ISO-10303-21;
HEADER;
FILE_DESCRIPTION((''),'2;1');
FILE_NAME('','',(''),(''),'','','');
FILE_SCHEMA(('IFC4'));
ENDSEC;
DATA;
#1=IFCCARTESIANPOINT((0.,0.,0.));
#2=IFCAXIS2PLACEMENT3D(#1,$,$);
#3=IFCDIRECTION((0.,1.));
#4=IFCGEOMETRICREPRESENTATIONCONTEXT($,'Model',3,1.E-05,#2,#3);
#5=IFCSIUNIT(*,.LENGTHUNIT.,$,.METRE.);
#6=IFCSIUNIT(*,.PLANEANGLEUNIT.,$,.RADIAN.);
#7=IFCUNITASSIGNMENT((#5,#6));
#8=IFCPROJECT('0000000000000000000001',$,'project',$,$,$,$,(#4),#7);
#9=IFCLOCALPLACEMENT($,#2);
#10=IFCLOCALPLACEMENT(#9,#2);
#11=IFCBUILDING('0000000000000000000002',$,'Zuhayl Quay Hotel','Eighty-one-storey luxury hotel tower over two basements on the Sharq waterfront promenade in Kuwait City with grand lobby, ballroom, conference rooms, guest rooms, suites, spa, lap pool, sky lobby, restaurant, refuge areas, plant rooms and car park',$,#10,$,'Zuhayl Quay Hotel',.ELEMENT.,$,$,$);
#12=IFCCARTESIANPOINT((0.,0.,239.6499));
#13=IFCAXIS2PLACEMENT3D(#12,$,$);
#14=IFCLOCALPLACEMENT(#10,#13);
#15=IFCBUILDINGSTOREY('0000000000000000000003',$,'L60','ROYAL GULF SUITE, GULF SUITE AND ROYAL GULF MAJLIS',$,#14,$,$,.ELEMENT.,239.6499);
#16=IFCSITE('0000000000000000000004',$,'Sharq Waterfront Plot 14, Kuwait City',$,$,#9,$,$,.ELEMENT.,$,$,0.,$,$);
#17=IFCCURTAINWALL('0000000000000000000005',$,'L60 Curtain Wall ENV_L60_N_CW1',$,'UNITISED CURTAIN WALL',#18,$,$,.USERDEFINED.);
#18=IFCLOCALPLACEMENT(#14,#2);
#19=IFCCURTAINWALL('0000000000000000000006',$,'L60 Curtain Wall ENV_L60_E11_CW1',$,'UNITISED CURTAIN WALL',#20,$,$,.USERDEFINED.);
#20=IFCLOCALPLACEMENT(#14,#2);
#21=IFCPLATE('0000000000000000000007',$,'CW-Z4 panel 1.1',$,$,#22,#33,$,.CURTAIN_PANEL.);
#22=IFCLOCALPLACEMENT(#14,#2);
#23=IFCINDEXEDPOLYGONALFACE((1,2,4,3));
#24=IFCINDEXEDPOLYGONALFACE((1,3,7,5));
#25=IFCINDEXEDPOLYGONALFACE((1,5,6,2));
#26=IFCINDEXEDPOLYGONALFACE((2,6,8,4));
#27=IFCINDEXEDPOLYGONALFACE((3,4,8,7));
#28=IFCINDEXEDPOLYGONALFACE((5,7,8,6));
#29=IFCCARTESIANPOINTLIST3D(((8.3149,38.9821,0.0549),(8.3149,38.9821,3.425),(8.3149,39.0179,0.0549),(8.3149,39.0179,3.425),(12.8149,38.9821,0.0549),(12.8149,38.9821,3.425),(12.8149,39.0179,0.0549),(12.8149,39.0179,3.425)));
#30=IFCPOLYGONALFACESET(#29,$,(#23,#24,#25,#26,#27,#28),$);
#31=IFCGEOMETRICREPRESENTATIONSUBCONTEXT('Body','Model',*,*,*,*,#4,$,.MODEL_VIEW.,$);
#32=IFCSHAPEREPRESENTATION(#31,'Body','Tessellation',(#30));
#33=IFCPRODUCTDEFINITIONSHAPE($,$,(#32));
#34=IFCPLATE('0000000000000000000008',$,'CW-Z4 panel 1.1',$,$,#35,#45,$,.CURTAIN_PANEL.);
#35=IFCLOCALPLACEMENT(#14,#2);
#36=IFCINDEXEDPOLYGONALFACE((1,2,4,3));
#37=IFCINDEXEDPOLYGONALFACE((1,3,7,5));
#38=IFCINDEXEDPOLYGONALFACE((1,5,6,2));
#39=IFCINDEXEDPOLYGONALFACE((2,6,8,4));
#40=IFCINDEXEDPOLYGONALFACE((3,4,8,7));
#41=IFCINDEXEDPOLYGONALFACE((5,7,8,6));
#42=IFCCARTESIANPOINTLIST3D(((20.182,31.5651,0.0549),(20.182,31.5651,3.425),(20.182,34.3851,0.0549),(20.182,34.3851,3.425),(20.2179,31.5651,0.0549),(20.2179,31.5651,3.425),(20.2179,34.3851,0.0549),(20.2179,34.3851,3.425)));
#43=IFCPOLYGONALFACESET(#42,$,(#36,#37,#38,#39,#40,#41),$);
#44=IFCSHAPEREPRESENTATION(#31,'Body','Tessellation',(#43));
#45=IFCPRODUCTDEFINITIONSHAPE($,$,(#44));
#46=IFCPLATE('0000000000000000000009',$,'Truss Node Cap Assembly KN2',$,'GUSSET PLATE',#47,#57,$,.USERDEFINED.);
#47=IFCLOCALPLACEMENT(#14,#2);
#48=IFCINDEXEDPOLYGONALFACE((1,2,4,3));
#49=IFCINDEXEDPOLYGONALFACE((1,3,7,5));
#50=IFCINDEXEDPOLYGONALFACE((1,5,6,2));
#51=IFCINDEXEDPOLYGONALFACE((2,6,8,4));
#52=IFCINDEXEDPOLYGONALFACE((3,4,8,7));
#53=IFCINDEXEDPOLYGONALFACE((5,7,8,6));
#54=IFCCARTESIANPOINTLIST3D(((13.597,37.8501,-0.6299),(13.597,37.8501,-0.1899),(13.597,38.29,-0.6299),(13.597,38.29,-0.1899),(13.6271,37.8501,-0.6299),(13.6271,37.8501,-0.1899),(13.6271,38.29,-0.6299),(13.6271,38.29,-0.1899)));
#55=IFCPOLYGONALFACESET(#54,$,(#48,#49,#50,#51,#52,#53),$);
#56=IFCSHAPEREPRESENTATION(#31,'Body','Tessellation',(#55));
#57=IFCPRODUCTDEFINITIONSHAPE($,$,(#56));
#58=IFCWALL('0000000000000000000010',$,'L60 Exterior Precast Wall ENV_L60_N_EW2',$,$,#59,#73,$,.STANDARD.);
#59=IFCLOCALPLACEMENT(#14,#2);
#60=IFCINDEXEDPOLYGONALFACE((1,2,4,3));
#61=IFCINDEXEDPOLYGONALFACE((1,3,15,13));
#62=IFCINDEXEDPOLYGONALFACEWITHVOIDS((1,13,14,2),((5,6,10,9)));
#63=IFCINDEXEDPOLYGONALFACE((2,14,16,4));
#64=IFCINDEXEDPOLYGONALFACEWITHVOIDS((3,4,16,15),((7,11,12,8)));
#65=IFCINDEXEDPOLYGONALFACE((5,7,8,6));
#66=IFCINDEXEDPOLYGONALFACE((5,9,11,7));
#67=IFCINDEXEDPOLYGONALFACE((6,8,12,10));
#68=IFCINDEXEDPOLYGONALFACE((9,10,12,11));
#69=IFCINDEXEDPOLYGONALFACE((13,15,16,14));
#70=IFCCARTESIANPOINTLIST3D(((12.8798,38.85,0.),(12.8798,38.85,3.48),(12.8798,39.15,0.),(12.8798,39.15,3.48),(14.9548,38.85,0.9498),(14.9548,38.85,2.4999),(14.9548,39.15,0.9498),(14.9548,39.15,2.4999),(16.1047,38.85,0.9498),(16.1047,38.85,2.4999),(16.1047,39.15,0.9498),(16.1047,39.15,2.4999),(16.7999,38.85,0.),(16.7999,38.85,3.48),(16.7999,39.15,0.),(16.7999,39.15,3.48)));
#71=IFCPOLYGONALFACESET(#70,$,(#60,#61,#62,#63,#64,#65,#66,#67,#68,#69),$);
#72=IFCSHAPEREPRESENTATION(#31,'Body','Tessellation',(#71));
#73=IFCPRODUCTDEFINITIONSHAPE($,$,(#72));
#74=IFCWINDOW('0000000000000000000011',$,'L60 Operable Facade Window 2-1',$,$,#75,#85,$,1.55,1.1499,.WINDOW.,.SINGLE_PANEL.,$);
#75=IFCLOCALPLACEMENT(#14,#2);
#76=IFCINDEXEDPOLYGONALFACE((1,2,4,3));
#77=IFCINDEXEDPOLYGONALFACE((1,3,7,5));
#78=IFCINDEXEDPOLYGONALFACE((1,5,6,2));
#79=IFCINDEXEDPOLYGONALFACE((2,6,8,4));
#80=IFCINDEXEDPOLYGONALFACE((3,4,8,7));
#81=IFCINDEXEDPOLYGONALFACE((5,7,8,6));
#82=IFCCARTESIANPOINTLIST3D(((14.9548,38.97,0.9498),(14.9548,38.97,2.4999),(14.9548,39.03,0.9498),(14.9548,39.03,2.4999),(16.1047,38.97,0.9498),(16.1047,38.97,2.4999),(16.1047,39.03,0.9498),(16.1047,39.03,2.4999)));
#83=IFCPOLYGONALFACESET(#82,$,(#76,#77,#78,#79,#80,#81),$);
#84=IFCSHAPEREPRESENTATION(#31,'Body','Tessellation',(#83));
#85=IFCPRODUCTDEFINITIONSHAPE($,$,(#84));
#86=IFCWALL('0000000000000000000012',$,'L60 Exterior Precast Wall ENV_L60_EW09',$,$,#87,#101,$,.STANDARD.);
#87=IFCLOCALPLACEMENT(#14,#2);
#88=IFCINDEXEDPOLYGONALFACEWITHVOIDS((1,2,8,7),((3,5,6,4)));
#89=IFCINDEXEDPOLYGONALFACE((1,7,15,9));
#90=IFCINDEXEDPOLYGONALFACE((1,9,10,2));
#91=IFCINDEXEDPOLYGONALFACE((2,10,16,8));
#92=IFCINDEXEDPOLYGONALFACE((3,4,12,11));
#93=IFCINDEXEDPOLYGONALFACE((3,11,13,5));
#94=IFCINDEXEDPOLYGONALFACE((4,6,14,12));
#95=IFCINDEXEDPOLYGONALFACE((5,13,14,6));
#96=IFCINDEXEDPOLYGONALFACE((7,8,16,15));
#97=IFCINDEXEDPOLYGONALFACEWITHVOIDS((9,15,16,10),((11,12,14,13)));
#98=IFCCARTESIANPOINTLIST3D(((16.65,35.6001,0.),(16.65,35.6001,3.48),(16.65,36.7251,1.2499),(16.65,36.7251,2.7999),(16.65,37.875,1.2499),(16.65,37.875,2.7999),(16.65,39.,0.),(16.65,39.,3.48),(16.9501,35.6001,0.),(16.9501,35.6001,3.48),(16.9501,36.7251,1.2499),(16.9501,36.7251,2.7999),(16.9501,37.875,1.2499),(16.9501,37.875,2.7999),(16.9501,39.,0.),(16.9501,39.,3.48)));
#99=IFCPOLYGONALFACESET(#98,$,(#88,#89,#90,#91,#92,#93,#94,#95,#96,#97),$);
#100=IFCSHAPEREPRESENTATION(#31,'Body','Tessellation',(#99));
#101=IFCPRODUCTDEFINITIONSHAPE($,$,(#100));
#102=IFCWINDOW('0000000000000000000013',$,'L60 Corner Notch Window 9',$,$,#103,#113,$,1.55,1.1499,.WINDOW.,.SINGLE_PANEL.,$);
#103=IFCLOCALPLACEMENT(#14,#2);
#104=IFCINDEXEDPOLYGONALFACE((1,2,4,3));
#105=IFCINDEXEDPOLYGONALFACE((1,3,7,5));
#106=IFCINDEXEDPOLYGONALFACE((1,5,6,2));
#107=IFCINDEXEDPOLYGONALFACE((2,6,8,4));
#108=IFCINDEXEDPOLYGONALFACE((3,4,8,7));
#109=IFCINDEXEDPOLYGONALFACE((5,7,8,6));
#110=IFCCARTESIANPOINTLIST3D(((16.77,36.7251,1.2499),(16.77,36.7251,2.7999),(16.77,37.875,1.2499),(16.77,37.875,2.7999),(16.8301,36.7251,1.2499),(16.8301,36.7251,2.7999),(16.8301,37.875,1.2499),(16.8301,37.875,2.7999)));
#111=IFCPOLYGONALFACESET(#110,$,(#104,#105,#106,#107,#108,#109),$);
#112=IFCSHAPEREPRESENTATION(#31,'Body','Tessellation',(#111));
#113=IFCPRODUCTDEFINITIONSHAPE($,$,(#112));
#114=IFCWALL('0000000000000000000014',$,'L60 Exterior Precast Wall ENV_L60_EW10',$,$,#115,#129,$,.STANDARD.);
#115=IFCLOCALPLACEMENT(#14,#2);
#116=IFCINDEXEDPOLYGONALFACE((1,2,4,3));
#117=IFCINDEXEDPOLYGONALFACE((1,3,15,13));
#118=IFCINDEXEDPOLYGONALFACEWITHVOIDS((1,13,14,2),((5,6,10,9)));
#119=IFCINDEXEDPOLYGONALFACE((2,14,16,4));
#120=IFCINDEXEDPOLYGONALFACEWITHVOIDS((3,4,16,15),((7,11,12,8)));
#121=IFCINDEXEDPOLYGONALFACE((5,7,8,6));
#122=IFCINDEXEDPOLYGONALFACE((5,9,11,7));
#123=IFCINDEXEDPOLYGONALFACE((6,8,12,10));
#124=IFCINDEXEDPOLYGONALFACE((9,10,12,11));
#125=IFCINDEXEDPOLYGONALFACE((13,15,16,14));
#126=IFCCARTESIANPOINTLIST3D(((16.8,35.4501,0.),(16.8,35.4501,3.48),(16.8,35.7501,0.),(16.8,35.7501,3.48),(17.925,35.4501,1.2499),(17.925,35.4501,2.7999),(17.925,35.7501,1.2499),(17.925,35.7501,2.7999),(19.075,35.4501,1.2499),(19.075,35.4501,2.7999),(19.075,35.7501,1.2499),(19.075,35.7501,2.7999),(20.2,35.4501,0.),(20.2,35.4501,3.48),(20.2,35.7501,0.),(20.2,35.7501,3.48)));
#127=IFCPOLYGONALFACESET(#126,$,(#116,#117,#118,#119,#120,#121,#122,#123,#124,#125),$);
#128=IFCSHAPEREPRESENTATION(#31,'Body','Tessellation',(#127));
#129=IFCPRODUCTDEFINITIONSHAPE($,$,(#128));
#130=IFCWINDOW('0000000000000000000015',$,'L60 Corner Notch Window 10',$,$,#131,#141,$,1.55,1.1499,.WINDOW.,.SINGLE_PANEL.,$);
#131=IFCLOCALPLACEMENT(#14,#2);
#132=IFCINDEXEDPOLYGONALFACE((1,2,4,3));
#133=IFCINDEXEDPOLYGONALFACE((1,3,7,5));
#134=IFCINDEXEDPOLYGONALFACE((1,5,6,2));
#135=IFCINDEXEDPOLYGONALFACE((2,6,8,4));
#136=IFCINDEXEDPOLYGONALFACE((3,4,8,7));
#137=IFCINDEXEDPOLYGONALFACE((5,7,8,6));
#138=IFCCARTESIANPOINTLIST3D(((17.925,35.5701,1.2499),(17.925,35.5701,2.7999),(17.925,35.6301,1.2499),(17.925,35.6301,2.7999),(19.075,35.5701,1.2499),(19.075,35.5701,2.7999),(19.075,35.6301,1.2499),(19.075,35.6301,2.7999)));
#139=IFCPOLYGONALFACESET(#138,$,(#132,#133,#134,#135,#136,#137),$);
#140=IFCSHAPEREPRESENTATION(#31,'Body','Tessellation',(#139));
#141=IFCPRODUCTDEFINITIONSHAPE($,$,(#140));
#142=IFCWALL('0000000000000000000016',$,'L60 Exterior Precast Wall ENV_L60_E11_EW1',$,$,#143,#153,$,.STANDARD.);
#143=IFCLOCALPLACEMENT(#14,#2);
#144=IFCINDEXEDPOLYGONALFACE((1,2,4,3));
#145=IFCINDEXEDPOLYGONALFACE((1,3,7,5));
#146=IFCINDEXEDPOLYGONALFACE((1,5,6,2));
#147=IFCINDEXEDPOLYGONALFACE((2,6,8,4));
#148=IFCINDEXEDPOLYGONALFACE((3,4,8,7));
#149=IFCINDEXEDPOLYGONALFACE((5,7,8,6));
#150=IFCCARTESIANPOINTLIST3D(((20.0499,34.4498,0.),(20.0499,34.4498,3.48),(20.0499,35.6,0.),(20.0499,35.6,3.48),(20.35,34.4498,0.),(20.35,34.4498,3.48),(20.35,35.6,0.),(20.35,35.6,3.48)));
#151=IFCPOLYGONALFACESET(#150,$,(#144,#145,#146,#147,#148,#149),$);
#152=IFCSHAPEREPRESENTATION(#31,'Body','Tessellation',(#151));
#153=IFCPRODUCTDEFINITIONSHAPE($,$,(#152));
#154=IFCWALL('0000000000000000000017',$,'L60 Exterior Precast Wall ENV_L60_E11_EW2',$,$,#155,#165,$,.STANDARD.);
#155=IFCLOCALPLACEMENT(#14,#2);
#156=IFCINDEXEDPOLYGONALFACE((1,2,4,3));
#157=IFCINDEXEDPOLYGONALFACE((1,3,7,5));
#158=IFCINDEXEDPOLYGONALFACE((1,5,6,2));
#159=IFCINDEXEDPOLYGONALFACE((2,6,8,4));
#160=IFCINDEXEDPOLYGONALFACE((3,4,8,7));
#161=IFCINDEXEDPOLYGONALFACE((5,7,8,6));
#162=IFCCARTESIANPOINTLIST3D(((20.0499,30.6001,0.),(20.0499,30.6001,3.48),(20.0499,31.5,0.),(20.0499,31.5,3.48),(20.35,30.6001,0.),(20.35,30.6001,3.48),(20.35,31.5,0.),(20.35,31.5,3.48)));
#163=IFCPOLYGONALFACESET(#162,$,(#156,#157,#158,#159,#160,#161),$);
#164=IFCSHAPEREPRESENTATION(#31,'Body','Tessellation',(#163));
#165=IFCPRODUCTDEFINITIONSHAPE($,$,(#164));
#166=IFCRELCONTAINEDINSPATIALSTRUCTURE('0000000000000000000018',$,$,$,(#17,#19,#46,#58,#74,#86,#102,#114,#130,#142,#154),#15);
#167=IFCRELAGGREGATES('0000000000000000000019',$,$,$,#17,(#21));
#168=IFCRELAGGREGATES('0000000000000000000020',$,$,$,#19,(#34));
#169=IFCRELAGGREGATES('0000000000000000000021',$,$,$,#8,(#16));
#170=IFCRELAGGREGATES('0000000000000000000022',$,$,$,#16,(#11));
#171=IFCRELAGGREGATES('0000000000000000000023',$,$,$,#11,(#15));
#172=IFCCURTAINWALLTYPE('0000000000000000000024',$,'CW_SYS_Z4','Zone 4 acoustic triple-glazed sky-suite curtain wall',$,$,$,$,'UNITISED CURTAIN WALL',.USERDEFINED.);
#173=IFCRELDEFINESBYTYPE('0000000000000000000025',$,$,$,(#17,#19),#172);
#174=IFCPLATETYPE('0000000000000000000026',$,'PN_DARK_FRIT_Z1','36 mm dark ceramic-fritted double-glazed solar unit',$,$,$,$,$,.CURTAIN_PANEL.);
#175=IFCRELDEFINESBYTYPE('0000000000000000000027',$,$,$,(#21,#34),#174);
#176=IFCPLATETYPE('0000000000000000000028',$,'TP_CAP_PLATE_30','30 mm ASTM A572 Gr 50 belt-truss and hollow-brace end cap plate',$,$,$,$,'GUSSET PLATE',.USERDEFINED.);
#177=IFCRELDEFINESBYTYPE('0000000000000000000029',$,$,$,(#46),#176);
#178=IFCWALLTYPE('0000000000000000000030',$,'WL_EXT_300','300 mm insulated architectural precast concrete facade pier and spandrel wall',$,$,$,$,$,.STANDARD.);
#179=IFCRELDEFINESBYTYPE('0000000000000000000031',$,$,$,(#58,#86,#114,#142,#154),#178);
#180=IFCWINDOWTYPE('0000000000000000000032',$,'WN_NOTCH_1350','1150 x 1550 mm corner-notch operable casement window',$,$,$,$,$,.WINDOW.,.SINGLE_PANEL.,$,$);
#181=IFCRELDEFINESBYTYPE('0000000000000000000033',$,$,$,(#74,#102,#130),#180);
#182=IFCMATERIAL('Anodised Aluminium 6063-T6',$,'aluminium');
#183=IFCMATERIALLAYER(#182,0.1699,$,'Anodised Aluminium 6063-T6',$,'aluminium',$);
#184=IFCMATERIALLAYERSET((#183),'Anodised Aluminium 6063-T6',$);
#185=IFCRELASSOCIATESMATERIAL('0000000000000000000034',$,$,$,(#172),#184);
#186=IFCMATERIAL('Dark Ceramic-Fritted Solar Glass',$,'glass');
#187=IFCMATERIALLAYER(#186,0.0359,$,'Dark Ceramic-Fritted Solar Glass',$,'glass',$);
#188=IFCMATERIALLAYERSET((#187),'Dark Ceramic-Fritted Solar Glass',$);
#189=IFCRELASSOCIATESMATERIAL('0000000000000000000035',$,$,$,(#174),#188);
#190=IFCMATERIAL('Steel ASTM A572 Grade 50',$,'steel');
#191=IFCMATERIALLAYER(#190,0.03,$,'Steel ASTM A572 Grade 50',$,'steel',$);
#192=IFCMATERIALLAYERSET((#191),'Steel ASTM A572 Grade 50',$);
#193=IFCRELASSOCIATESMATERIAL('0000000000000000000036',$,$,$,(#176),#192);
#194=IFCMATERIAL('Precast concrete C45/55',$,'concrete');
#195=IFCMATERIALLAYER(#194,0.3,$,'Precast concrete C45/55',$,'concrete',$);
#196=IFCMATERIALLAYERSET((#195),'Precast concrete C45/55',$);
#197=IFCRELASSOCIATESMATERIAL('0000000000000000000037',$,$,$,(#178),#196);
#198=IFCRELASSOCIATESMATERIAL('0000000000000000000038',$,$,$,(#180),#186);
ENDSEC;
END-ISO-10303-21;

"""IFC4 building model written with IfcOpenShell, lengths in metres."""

from ifc_helpers import new_model, si_unit, direction, frame, frame_2d, origin, origin_2d, place, context, subcontext, project, spatial, rectangle, extrude, material, layer, layer_set, type_object, element, fill, aggregate, save


model = new_model("IFC4")

# Units and contexts
model_context = context("Model", 3, precision=1e-05, world=origin(), true_north=direction((0.0, 1.0)))
body_context = subcontext(model_context, "Body", "Model", "MODEL_VIEW")
ifc_project = project(units=[si_unit("LENGTHUNIT", "METRE"), si_unit("PLANEANGLEUNIT", "RADIAN")], contexts=[model_context])

# Site, building, storey
site_placement = place(None, origin())
site = spatial("IfcSite", under=ifc_project, at=site_placement, Name="Sharq Waterfront Plot 14, Kuwait City", CompositionType="ELEMENT", RefElevation=0.0)
building_placement = place(site_placement, origin())
building = spatial("IfcBuilding", under=site, at=building_placement, Name="Zuhayl Quay Hotel", Description="Eighty-one-storey luxury hotel tower over two basements on the Sharq waterfront promenade in Kuwait City with grand lobby, ballroom, conference rooms, guest rooms, suites, spa, lap pool, sky lobby, restaurant, refuge areas, plant rooms and car park", LongName="Zuhayl Quay Hotel", CompositionType="ELEMENT")
storey_placement = place(building_placement, frame((0.0, 0.0, 239.6499)))
storey = spatial("IfcBuildingStorey", under=building, at=storey_placement, Name="L60", Description="ROYAL GULF SUITE, GULF SUITE AND ROYAL GULF MAJLIS", CompositionType="ELEMENT", Elevation=239.6499)

# Curtain wall
ifc_material_1 = material(Name="Anodised Aluminium 6063-T6", Category="aluminium")
ifc_layer_1 = layer(ifc_material_1, 0.1699, Name="Anodised Aluminium 6063-T6", Category="aluminium")
ifc_layer_set_1 = layer_set([ifc_layer_1], Name="Anodised Aluminium 6063-T6")
curtain_wall_type = type_object("IfcCurtainWallType", Name="CW_SYS_Z4", Description="Zone 4 acoustic triple-glazed sky-suite curtain wall", ElementType="UNITISED CURTAIN WALL", PredefinedType="USERDEFINED", material=ifc_layer_set_1)
curtain_wall_1_placement = place(storey_placement, origin())
curtain_wall_1 = element("IfcCurtainWall", 1, at=curtain_wall_1_placement, inside=storey, type_object=curtain_wall_type, Name="L60 Curtain Wall ENV_L60_N_CW1", ObjectType="UNITISED CURTAIN WALL", PredefinedType="USERDEFINED")

# Curtain wall
curtain_wall_2_placement = place(storey_placement, origin())
curtain_wall_2 = element("IfcCurtainWall", 2, at=curtain_wall_2_placement, inside=storey, type_object=curtain_wall_type, Name="L60 Curtain Wall ENV_L60_E11_CW1", ObjectType="UNITISED CURTAIN WALL", PredefinedType="USERDEFINED")

# Plates
ifc_material_2 = material(Name="Dark Ceramic-Fritted Solar Glass", Category="glass")
ifc_layer_2 = layer(ifc_material_2, 0.0359, Name="Dark Ceramic-Fritted Solar Glass", Category="glass")
ifc_layer_set_2 = layer_set([ifc_layer_2], Name="Dark Ceramic-Fritted Solar Glass")
plate_type_1 = type_object("IfcPlateType", Name="PN_DARK_FRIT_Z1", Description="36 mm dark ceramic-fritted double-glazed solar unit", PredefinedType="CURTAIN_PANEL", material=ifc_layer_set_2)
plate_1_placement = place(storey_placement, frame((10.5649, 39.0, 0.0549), z_axis=(0.0, 0.0, 1.0), x_axis=(1.0, 0.0, 0.0)))
plate_1 = element("IfcPlate", 3, at=plate_1_placement, type_object=plate_type_1, Name="CW-Z4 panel 1.1", PredefinedType="CURTAIN_PANEL", context=body_context, shape_type="SweptSolid", body=[
    extrude(rectangle(XDim=4.5, YDim=0.0359, at=origin_2d()), origin(), (0.0, 0.0, 1.0), 3.3701),
])
aggregate(curtain_wall_1, [plate_1])
plate_2_placement = place(storey_placement, frame((20.2, 32.9751, 0.0549), z_axis=(0.0, 0.0, 1.0), x_axis=(0.0, -1.0, 0.0)))
plate_2 = element("IfcPlate", 4, at=plate_2_placement, type_object=plate_type_1, Name="CW-Z4 panel 1.1", PredefinedType="CURTAIN_PANEL", context=body_context, shape_type="SweptSolid", body=[
    extrude(rectangle(XDim=2.8201, YDim=0.0359, at=origin_2d()), origin(), (0.0, 0.0, 1.0), 3.3701),
])
aggregate(curtain_wall_2, [plate_2])
ifc_material_3 = material(Name="Steel ASTM A572 Grade 50", Category="steel")
ifc_layer_3 = layer(ifc_material_3, 0.03, Name="Steel ASTM A572 Grade 50", Category="steel")
ifc_layer_set_3 = layer_set([ifc_layer_3], Name="Steel ASTM A572 Grade 50")
plate_type_2 = type_object("IfcPlateType", Name="TP_CAP_PLATE_30", Description="30 mm ASTM A572 Gr 50 belt-truss and hollow-brace end cap plate", ElementType="GUSSET PLATE", PredefinedType="USERDEFINED", material=ifc_layer_set_3)
plate_3_placement = place(storey_placement, frame((13.6121, 38.0701, -0.6299), z_axis=(0.0, 0.0, 1.0), x_axis=(1.0, 0.0, 0.0)))
element("IfcPlate", 5, at=plate_3_placement, inside=storey, type_object=plate_type_2, Name="Truss Node Cap Assembly KN2", ObjectType="GUSSET PLATE", PredefinedType="USERDEFINED", context=body_context, shape_type="SweptSolid", body=[
    extrude(rectangle(XDim=0.03, YDim=0.4399, at=origin_2d()), origin(), (0.0, 0.0, 1.0), 0.4399),
])

# Walls, openings, windows
ifc_material_4 = material(Name="Precast concrete C45/55", Category="concrete")
ifc_layer_4 = layer(ifc_material_4, 0.3, Name="Precast concrete C45/55", Category="concrete")
ifc_layer_set_4 = layer_set([ifc_layer_4], Name="Precast concrete C45/55")
wall_type_1 = type_object("IfcWallType", Name="WL_EXT_300", Description="300 mm insulated architectural precast concrete facade pier and spandrel wall", PredefinedType="STANDARD", material=ifc_layer_set_4)
wall_1_placement = place(storey_placement, frame((12.8799, 39.0, 0.0), z_axis=(0.0, 0.0, 1.0), x_axis=(1.0, 0.0, 0.0)))
wall_1 = element("IfcWall", 6, at=wall_1_placement, inside=storey, type_object=wall_type_1, Name="L60 Exterior Precast Wall ENV_L60_N_EW2", PredefinedType="STANDARD", context=body_context, shape_type="SweptSolid", body=[
    extrude(rectangle(XDim=3.9202, YDim=0.3, at=frame_2d((1.96, 0.0))), origin(), (0.0, 0.0, 1.0), 3.48),
])
opening_1_placement = place(wall_1_placement, frame((2.075, 0.0, 0.95)))
opening_1 = element("IfcOpeningElement", 7, at=opening_1_placement, cuts=wall_1, PredefinedType="OPENING", context=body_context, shape_type="SweptSolid", body=[
    extrude(rectangle(XDim=1.1499, YDim=1.55, at=frame_2d((0.575, 0.7749))), frame((0.0, 0.1599, 0.0), z_axis=(0.0, -1.0, 0.0), x_axis=(1.0, 0.0, 0.0)), (0.0, 0.0, 1.0), 0.3201),
])
window_type = type_object("IfcWindowType", Name="WN_NOTCH_1350", Description="1150 x 1550 mm corner-notch operable casement window", PartitioningType="SINGLE_PANEL", PredefinedType="WINDOW", material=ifc_material_2)
window_1_placement = place(opening_1_placement, origin())
window_1 = element("IfcWindow", 8, at=window_1_placement, inside=storey, type_object=window_type, Name="L60 Operable Facade Window 2-1", OverallHeight=1.55, OverallWidth=1.1499, PartitioningType="SINGLE_PANEL", PredefinedType="WINDOW", context=body_context, shape_type="SweptSolid", body=[
    extrude(rectangle(XDim=1.1499, YDim=1.55, at=frame_2d((0.575, 0.7749))), frame((0.0, 0.03, 0.0), z_axis=(0.0, -1.0, 0.0), x_axis=(1.0, 0.0, 0.0)), (0.0, 0.0, 1.0), 0.0601),
])
fill(opening_1, window_1)
wall_2_placement = place(storey_placement, frame((16.8, 39.0, 0.0), z_axis=(0.0, 0.0, 1.0), x_axis=(0.0, -1.0, 0.0)))
wall_2 = element("IfcWall", 9, at=wall_2_placement, inside=storey, type_object=wall_type_1, Name="L60 Exterior Precast Wall ENV_L60_EW09", PredefinedType="STANDARD", context=body_context, shape_type="SweptSolid", body=[
    extrude(rectangle(XDim=3.3999, YDim=0.3, at=frame_2d((1.7, 0.0))), origin(), (0.0, 0.0, 1.0), 3.48),
])
opening_2_placement = place(wall_2_placement, frame((1.125, 0.0, 1.25)))
opening_2 = element("IfcOpeningElement", 10, at=opening_2_placement, cuts=wall_2, PredefinedType="OPENING", context=body_context, shape_type="SweptSolid", body=[
    extrude(rectangle(XDim=1.1499, YDim=1.55, at=frame_2d((0.575, 0.7749))), frame((0.0, 0.1599, 0.0), z_axis=(0.0, -1.0, 0.0), x_axis=(1.0, 0.0, 0.0)), (0.0, 0.0, 1.0), 0.3201),
])
window_2_placement = place(opening_2_placement, origin())
window_2 = element("IfcWindow", 11, at=window_2_placement, inside=storey, type_object=window_type, Name="L60 Corner Notch Window 9", OverallHeight=1.55, OverallWidth=1.1499, PartitioningType="SINGLE_PANEL", PredefinedType="WINDOW", context=body_context, shape_type="SweptSolid", body=[
    extrude(rectangle(XDim=1.1499, YDim=1.55, at=frame_2d((0.575, 0.7749))), frame((0.0, 0.03, 0.0), z_axis=(0.0, -1.0, 0.0), x_axis=(1.0, 0.0, 0.0)), (0.0, 0.0, 1.0), 0.0601),
])
fill(opening_2, window_2)
wall_3_placement = place(storey_placement, frame((16.8, 35.6001, 0.0), z_axis=(0.0, 0.0, 1.0), x_axis=(1.0, 0.0, 0.0)))
wall_3 = element("IfcWall", 12, at=wall_3_placement, inside=storey, type_object=wall_type_1, Name="L60 Exterior Precast Wall ENV_L60_EW10", PredefinedType="STANDARD", context=body_context, shape_type="SweptSolid", body=[
    extrude(rectangle(XDim=3.3999, YDim=0.3, at=frame_2d((1.7, 0.0))), origin(), (0.0, 0.0, 1.0), 3.48),
])
opening_3_placement = place(wall_3_placement, frame((1.125, 0.0, 1.25)))
opening_3 = element("IfcOpeningElement", 13, at=opening_3_placement, cuts=wall_3, PredefinedType="OPENING", context=body_context, shape_type="SweptSolid", body=[
    extrude(rectangle(XDim=1.1499, YDim=1.55, at=frame_2d((0.575, 0.7749))), frame((0.0, 0.1599, 0.0), z_axis=(0.0, -1.0, 0.0), x_axis=(1.0, 0.0, 0.0)), (0.0, 0.0, 1.0), 0.3201),
])
window_3_placement = place(opening_3_placement, origin())
window_3 = element("IfcWindow", 14, at=window_3_placement, inside=storey, type_object=window_type, Name="L60 Corner Notch Window 10", OverallHeight=1.55, OverallWidth=1.1499, PartitioningType="SINGLE_PANEL", PredefinedType="WINDOW", context=body_context, shape_type="SweptSolid", body=[
    extrude(rectangle(XDim=1.1499, YDim=1.55, at=frame_2d((0.575, 0.7749))), frame((0.0, 0.03, 0.0), z_axis=(0.0, -1.0, 0.0), x_axis=(1.0, 0.0, 0.0)), (0.0, 0.0, 1.0), 0.0601),
])
fill(opening_3, window_3)

# Walls
wall_4_placement = place(storey_placement, frame((20.2, 35.6001, 0.0), z_axis=(0.0, 0.0, 1.0), x_axis=(0.0, -1.0, 0.0)))
element("IfcWall", 15, at=wall_4_placement, inside=storey, type_object=wall_type_1, Name="L60 Exterior Precast Wall ENV_L60_E11_EW1", PredefinedType="STANDARD", context=body_context, shape_type="SweptSolid", body=[
    extrude(rectangle(XDim=1.1501, YDim=0.3, at=frame_2d((0.5752, 0.0))), origin(), (0.0, 0.0, 1.0), 3.48),
])
wall_5_placement = place(storey_placement, frame((20.2, 31.5, 0.0), z_axis=(0.0, 0.0, 1.0), x_axis=(0.0, -1.0, 0.0)))
element("IfcWall", 16, at=wall_5_placement, inside=storey, type_object=wall_type_1, Name="L60 Exterior Precast Wall ENV_L60_E11_EW2", PredefinedType="STANDARD", context=body_context, shape_type="SweptSolid", body=[
    extrude(rectangle(XDim=0.8999, YDim=0.3, at=frame_2d((0.45, 0.0))), origin(), (0.0, 0.0, 1.0), 3.48),
])

save(model, "model.ifc")
